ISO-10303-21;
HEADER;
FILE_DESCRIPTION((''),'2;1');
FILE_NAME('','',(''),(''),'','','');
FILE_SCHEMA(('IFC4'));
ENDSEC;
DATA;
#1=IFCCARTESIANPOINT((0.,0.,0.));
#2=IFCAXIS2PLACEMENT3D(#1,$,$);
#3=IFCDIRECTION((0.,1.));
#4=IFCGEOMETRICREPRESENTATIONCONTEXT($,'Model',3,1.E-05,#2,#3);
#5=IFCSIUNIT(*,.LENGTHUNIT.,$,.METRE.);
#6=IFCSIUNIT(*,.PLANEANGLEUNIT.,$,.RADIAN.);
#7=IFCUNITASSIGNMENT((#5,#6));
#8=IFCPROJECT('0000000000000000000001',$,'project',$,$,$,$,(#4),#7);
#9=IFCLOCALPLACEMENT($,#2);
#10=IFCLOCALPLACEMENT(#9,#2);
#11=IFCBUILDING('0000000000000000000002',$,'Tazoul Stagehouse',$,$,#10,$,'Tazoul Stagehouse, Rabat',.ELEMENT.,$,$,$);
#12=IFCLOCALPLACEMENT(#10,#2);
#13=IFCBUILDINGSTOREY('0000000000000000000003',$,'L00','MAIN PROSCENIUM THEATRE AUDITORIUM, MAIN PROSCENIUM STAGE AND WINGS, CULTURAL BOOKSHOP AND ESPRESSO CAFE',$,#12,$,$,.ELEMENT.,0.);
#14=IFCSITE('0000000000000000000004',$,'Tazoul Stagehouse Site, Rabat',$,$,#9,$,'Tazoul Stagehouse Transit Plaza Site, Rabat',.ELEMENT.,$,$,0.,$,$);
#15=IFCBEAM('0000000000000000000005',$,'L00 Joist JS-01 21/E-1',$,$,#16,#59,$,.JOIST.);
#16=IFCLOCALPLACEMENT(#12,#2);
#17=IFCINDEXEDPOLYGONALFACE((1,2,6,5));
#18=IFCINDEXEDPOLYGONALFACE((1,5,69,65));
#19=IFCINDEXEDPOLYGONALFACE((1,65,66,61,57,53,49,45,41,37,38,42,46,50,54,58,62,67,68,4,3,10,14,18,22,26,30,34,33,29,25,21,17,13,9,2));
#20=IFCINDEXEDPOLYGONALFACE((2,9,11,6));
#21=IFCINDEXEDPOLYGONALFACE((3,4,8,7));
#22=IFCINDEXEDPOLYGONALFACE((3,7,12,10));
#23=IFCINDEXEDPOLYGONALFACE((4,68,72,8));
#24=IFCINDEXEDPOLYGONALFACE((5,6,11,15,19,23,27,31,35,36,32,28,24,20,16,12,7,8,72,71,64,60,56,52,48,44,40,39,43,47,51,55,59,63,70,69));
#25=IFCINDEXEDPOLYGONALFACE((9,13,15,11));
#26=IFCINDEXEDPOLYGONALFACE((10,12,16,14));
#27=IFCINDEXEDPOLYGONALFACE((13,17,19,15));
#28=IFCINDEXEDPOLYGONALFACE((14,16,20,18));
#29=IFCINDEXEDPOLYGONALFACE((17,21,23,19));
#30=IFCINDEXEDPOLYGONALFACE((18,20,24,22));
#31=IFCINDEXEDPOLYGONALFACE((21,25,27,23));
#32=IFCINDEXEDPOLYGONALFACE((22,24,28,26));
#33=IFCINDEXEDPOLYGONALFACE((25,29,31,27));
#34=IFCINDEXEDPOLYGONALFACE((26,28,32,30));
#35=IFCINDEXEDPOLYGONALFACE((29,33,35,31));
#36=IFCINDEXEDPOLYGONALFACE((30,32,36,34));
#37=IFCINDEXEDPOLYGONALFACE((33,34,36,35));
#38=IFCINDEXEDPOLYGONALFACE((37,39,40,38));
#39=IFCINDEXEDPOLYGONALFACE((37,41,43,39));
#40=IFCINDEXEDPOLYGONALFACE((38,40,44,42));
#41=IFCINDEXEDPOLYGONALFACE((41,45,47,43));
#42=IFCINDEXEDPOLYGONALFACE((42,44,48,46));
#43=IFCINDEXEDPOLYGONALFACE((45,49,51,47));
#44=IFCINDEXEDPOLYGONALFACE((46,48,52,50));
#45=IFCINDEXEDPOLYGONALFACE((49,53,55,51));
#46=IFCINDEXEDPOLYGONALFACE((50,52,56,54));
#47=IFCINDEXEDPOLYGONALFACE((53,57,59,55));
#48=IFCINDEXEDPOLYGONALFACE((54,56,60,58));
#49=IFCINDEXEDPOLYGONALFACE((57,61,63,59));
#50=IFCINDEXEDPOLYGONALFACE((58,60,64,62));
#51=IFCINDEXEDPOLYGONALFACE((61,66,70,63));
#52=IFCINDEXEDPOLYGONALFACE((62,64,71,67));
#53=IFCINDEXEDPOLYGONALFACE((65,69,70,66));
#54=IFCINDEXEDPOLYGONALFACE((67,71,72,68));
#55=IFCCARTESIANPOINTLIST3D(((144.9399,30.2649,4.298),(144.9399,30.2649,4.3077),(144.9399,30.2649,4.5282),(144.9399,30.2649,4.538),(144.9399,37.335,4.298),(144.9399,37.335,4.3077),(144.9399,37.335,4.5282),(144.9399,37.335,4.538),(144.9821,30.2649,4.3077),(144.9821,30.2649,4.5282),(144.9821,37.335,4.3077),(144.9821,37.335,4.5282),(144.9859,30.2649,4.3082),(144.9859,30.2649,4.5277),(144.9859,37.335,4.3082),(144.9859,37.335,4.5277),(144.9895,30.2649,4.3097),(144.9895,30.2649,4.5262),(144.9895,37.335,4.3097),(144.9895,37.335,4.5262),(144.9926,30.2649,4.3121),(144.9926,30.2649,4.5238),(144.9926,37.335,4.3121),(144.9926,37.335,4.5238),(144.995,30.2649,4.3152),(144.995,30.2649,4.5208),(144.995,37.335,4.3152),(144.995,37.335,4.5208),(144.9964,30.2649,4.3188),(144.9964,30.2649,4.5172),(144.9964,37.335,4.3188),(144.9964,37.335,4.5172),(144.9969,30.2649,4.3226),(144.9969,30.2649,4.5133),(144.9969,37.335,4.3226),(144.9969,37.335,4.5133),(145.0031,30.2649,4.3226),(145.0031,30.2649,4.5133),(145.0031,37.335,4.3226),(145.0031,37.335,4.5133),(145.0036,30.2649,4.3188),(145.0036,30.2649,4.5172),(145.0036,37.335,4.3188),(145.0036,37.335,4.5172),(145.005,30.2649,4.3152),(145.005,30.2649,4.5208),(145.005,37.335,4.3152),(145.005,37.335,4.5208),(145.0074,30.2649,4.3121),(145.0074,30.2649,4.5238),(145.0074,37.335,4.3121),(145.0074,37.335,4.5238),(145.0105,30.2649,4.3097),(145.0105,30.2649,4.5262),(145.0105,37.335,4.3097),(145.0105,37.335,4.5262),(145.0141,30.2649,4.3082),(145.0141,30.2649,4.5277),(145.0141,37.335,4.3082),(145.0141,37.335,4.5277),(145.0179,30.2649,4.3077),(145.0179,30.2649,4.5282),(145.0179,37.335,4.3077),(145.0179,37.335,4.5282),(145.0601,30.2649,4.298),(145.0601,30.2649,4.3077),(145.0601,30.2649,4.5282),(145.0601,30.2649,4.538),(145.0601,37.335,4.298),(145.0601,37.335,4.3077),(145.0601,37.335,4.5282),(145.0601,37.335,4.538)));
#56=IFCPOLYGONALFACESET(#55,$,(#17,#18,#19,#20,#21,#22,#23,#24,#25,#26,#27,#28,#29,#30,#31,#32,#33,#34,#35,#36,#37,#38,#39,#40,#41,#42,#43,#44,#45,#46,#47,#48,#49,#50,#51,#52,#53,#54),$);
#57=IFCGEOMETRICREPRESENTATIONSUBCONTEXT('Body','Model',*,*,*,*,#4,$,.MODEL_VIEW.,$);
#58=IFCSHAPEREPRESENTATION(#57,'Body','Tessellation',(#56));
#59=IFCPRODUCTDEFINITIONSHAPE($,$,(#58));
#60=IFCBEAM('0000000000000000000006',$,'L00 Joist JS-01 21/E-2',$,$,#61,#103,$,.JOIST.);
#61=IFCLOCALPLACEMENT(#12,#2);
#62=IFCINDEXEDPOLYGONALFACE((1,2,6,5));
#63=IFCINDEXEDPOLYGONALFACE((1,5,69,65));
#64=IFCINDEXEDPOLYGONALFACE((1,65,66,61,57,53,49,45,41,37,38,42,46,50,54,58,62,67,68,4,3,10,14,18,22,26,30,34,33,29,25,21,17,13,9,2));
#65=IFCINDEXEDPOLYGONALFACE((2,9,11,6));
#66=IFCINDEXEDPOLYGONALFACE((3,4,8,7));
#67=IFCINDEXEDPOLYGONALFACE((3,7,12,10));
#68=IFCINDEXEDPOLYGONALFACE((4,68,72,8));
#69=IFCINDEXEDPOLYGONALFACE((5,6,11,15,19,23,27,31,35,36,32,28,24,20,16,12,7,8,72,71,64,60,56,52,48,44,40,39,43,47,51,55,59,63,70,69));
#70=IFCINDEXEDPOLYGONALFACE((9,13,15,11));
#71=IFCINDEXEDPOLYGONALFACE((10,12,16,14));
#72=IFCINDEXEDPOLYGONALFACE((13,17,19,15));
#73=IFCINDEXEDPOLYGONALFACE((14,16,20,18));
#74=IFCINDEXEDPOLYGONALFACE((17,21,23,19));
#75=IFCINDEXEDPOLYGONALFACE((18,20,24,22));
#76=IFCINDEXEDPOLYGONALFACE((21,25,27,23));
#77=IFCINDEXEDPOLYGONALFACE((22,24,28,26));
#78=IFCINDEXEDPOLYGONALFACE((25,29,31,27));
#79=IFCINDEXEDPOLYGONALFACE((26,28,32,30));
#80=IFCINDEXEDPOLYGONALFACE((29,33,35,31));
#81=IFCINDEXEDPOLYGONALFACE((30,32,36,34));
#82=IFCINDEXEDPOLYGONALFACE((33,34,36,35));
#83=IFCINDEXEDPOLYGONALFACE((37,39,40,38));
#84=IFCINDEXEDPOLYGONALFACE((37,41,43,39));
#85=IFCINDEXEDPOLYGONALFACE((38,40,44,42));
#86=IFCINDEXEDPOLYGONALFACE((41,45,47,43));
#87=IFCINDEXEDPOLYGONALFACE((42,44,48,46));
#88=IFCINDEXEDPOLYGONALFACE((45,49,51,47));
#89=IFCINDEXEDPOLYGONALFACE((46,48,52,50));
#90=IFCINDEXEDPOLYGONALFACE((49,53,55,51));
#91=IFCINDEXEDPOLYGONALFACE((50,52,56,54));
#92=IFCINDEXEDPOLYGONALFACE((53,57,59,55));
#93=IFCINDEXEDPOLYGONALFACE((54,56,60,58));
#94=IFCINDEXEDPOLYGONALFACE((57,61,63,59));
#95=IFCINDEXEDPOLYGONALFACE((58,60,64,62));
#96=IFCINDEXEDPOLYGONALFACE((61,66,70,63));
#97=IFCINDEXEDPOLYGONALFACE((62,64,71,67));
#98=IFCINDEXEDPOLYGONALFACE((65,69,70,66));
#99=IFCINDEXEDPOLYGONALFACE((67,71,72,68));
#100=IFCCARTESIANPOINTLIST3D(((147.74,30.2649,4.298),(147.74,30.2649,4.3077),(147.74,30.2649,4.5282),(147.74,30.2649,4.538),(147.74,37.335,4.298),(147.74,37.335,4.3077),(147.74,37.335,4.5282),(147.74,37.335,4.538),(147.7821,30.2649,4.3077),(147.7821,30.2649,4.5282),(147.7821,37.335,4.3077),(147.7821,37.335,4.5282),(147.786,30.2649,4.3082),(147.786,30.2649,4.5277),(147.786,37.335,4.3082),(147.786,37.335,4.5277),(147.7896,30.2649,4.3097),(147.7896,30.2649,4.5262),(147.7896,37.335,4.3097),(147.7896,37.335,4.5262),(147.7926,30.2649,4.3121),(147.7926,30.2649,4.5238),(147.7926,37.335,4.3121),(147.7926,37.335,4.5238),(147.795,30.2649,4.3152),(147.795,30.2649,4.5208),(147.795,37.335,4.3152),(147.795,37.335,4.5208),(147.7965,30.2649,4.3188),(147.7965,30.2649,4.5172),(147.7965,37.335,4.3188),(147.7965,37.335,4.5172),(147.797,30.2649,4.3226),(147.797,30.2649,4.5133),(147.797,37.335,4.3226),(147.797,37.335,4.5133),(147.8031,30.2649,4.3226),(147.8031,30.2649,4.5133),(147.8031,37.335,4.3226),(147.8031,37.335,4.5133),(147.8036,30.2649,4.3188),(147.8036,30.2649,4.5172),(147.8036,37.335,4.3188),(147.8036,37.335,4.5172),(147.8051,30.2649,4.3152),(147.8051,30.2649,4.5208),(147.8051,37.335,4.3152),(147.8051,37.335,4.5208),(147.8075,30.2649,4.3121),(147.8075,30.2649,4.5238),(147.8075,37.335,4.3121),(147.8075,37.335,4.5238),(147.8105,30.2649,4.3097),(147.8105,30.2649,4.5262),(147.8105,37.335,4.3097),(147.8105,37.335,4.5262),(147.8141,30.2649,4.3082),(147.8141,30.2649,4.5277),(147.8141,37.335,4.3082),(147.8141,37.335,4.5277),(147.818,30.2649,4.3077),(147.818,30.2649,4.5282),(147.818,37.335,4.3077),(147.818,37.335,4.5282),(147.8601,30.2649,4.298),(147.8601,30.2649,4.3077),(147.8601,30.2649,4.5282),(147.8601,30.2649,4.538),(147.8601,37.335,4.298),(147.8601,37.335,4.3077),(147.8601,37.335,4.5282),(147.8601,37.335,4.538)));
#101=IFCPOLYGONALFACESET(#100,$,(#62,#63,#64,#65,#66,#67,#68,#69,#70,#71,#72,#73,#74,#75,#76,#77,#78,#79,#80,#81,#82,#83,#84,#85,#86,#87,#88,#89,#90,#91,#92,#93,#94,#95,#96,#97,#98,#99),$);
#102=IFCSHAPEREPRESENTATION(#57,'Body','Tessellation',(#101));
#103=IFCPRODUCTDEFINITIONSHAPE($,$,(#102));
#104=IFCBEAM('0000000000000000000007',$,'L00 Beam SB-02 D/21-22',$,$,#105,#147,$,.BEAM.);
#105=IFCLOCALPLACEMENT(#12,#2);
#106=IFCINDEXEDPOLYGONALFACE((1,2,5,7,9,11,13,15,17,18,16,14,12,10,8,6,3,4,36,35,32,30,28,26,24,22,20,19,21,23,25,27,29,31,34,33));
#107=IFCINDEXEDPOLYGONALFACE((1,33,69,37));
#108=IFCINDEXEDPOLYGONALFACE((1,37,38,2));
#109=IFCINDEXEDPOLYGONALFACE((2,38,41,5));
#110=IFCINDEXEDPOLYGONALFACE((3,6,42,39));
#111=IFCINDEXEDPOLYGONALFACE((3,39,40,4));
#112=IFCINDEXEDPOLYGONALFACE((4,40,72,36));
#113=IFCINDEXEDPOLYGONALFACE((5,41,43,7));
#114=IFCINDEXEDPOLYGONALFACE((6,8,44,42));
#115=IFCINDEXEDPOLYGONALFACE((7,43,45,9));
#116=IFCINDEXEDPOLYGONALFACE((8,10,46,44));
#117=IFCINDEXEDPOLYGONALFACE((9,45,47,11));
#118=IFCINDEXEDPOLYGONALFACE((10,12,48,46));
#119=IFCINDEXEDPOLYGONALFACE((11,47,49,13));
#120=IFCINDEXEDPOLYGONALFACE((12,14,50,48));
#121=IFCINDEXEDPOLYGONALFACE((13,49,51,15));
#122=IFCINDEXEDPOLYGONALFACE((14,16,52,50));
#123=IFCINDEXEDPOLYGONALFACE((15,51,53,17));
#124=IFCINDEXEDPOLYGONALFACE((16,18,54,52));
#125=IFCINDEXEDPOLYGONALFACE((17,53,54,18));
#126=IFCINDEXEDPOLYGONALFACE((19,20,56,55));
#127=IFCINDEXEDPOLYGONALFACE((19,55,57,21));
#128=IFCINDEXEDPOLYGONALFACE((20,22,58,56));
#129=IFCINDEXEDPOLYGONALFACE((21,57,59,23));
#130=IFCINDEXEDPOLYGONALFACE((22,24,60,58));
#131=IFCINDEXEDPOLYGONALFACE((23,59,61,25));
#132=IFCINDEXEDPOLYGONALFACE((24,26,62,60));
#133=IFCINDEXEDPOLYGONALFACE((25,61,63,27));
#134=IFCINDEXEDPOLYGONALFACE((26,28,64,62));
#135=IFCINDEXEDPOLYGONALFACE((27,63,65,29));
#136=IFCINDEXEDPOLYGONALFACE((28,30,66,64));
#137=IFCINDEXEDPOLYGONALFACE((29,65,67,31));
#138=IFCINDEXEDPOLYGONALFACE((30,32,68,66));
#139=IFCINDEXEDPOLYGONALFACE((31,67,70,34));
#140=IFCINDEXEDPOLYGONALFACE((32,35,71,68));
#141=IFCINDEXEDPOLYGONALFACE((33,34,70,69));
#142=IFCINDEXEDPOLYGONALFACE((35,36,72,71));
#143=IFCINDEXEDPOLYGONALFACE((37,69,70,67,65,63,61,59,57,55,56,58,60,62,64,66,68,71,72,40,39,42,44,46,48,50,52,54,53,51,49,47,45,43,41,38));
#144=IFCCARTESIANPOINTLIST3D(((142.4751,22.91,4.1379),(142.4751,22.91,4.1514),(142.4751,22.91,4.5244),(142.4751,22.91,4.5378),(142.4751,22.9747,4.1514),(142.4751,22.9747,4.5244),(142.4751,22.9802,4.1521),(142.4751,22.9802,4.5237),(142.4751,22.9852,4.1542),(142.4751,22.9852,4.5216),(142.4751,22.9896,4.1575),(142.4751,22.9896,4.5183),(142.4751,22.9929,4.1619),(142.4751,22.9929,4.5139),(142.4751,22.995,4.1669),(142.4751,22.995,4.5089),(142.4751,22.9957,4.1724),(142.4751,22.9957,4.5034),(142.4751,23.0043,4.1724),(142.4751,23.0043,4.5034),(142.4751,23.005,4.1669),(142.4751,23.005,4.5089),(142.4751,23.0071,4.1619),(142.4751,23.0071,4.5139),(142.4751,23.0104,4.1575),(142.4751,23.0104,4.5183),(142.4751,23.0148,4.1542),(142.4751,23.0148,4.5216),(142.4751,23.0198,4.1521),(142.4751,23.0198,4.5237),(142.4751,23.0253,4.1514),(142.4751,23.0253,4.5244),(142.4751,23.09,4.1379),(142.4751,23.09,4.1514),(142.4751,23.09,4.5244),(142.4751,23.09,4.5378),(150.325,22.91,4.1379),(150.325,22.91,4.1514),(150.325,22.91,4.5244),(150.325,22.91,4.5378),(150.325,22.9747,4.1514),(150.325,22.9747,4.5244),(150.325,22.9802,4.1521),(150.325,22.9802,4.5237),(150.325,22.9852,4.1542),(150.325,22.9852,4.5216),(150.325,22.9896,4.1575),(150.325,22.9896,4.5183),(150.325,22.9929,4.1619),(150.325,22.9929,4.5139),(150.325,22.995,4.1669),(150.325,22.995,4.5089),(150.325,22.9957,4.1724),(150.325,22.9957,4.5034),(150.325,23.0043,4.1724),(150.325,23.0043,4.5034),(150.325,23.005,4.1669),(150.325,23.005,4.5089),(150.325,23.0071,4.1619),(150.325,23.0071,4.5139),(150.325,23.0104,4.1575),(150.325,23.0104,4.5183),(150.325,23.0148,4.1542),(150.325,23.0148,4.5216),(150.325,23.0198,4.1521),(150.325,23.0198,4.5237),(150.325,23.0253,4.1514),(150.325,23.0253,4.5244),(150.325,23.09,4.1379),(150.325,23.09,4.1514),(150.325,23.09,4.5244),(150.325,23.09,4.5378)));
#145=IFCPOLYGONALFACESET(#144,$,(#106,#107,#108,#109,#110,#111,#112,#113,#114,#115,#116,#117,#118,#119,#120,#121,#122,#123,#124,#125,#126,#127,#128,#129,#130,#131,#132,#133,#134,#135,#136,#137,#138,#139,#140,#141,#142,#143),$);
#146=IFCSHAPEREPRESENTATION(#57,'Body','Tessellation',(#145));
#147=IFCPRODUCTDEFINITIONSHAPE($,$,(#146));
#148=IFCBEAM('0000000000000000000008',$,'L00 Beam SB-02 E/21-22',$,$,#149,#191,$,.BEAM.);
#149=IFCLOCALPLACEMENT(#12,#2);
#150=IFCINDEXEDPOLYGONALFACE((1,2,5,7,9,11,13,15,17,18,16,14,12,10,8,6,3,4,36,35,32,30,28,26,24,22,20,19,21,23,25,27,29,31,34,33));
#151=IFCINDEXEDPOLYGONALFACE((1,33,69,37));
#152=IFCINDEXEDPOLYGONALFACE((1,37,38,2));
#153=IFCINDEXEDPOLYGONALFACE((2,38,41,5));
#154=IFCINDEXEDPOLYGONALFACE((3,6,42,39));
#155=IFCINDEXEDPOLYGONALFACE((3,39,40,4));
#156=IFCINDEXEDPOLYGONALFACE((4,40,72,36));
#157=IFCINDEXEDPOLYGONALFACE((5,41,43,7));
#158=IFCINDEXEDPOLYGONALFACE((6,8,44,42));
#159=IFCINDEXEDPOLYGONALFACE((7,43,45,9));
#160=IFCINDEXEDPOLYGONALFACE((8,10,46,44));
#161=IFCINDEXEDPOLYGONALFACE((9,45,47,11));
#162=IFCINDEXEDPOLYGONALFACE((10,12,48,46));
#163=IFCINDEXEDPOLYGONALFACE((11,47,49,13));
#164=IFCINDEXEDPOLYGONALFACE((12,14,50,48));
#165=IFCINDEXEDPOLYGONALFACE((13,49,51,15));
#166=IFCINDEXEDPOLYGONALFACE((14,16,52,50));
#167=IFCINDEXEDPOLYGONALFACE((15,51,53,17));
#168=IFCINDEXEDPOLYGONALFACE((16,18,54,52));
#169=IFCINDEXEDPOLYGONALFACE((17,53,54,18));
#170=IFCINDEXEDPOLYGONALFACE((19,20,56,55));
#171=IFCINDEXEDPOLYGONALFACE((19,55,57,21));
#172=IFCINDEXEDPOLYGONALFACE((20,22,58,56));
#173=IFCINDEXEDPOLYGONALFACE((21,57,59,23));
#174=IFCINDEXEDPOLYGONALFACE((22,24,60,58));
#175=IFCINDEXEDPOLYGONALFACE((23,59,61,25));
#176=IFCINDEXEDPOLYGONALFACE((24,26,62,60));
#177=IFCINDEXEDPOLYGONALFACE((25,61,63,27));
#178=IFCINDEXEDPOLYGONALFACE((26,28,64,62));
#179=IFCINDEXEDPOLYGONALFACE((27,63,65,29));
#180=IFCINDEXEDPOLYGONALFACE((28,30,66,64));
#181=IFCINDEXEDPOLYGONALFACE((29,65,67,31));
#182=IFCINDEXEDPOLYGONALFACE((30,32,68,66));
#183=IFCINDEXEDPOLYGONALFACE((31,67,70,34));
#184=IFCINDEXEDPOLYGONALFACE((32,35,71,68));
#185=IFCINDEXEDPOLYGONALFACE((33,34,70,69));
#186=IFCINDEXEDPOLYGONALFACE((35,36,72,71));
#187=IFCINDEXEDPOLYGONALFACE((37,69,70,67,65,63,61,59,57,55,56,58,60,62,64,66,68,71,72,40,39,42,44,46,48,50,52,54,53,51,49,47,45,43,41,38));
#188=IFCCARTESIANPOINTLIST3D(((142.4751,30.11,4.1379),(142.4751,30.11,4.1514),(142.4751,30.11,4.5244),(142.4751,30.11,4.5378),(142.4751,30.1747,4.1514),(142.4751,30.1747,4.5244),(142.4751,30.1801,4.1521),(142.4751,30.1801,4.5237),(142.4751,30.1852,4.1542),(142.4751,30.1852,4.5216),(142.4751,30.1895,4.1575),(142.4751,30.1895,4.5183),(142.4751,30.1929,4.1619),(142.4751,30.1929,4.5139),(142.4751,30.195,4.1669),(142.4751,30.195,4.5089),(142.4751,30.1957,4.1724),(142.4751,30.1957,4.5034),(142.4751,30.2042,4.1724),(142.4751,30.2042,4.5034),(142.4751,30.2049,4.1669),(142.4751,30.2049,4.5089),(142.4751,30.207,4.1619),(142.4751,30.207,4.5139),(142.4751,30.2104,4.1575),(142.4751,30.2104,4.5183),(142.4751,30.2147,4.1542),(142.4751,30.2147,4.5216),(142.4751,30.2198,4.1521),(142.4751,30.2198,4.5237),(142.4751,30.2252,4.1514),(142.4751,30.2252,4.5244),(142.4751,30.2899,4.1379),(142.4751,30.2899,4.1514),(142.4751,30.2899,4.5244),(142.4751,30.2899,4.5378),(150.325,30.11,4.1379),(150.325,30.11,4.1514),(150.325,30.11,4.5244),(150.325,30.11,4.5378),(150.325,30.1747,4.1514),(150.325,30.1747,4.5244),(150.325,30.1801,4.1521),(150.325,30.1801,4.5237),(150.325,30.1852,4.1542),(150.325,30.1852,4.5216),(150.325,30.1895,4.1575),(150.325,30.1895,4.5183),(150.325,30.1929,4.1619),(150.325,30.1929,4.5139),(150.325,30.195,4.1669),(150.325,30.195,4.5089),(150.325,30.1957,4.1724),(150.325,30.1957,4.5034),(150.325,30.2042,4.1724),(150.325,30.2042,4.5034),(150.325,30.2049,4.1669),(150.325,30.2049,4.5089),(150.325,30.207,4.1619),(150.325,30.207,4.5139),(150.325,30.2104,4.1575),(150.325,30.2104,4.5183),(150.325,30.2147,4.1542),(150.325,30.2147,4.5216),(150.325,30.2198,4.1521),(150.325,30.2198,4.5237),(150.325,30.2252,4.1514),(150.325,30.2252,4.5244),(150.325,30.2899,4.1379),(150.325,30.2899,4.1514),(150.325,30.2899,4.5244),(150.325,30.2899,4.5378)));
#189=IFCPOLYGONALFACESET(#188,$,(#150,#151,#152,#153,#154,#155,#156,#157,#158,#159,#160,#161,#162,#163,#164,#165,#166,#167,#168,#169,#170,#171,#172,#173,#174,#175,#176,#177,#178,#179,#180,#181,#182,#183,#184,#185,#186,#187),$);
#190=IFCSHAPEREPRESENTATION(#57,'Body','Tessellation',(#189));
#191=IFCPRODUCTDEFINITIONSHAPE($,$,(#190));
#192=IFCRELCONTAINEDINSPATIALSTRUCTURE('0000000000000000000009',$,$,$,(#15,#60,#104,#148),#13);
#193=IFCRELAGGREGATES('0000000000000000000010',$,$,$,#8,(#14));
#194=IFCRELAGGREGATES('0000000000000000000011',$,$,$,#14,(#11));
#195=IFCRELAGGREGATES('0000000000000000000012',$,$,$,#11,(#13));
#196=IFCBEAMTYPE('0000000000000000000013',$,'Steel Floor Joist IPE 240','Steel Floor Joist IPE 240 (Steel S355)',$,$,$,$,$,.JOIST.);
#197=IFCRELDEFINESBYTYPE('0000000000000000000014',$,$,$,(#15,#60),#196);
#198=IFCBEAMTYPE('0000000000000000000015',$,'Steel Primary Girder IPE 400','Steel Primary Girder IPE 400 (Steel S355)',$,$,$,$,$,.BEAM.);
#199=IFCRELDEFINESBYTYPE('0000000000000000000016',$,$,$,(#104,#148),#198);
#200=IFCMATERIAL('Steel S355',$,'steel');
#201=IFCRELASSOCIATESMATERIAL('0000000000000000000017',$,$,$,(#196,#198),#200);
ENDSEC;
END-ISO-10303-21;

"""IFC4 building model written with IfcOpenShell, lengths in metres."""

from ifc_helpers import new_model, si_unit, direction, frame, origin, origin_2d, place, context, subcontext, project, spatial, i_section, extrude, material, material_profile, profile_set, type_object, element, save


model = new_model("IFC4")

# Units and contexts
model_context = context("Model", 3, precision=1e-05, world=origin(), true_north=direction((0.0, 1.0)))
body_context = subcontext(model_context, "Body", "Model", "MODEL_VIEW")
ifc_project = project(units=[si_unit("LENGTHUNIT", "METRE"), si_unit("PLANEANGLEUNIT", "RADIAN")], contexts=[model_context])

# Site, building, storey
site_placement = place(None, origin())
site = spatial("IfcSite", under=ifc_project, at=site_placement, Name="Tazoul Stagehouse Site, Rabat", LongName="Tazoul Stagehouse Transit Plaza Site, Rabat", CompositionType="ELEMENT", RefElevation=0.0)
building_placement = place(site_placement, origin())
building = spatial("IfcBuilding", under=site, at=building_placement, Name="Tazoul Stagehouse", LongName="Tazoul Stagehouse, Rabat", CompositionType="ELEMENT")
storey_placement = place(building_placement, origin())
storey = spatial("IfcBuildingStorey", under=building, at=storey_placement, Name="L00", Description="MAIN PROSCENIUM THEATRE AUDITORIUM, MAIN PROSCENIUM STAGE AND WINGS, CULTURAL BOOKSHOP AND ESPRESSO CAFE", CompositionType="ELEMENT", Elevation=0.0)

# Beams
ifc_material_1 = material(Name="Steel S355", Category="steel")
ifc_material_profile_1 = material_profile(ifc_material_1, i_section(OverallWidth=0.1201, OverallDepth=0.24, WebThickness=0.0061, FlangeThickness=0.0098, FilletRadius=0.0149, at=origin_2d()), Name="IPE 240")
ifc_profile_set_1 = profile_set([ifc_material_profile_1], Name="Steel S355")
beam_type_1 = type_object("IfcBeamType", Name="Steel Floor Joist IPE 240", Description="Steel Floor Joist IPE 240 (Steel S355)", PredefinedType="JOIST", material=ifc_profile_set_1)
for number, where, z_axis, x_axis, name in (
    (1, (145.0, 30.2649, 4.418), (0.0, 1.0, 0.0), (-1.0, 0.0, 0.0), "L00 Joist JS-01 21/E-1"),
    (2, (147.8, 30.2649, 4.418), (0.0, 1.0, 0.0), (-1.0, 0.0, 0.0), "L00 Joist JS-01 21/E-2"),
):
    element("IfcBeam", number, at=place(storey_placement, frame(where, z_axis=z_axis, x_axis=x_axis)), inside=storey, type_object=beam_type_1, Name=name, PredefinedType="JOIST", context=body_context, shape_type="SweptSolid", body=[
        extrude(i_section(OverallWidth=0.1201, OverallDepth=0.24, WebThickness=0.0061, FlangeThickness=0.0098, FilletRadius=0.0149, at=origin_2d()), origin(), (0.0, 0.0, 1.0), 7.0701),
    ])
ifc_material_profile_2 = material_profile(ifc_material_1, i_section(OverallWidth=0.1799, OverallDepth=0.3999, WebThickness=0.0085, FlangeThickness=0.0134, FilletRadius=0.021, at=origin_2d()), Name="IPE 400")
ifc_profile_set_2 = profile_set([ifc_material_profile_2], Name="Steel S355")
beam_type_2 = type_object("IfcBeamType", Name="Steel Primary Girder IPE 400", Description="Steel Primary Girder IPE 400 (Steel S355)", PredefinedType="BEAM", material=ifc_profile_set_2)
for number, where, z_axis, x_axis, name in (
    (3, (142.4751, 23.0, 4.3379), (1.0, 0.0, 0.0), (0.0, 1.0, 0.0), "L00 Beam SB-02 D/21-22"),
    (4, (142.4751, 30.2, 4.3379), (1.0, 0.0, 0.0), (0.0, 1.0, 0.0), "L00 Beam SB-02 E/21-22"),
):
    element("IfcBeam", number, at=place(storey_placement, frame(where, z_axis=z_axis, x_axis=x_axis)), inside=storey, type_object=beam_type_2, Name=name, PredefinedType="BEAM", context=body_context, shape_type="SweptSolid", body=[
        extrude(i_section(OverallWidth=0.1799, OverallDepth=0.3999, WebThickness=0.0085, FlangeThickness=0.0134, FilletRadius=0.021, at=origin_2d()), origin(), (0.0, 0.0, 1.0), 7.8499),
    ])

save(model, "model.ifc")
